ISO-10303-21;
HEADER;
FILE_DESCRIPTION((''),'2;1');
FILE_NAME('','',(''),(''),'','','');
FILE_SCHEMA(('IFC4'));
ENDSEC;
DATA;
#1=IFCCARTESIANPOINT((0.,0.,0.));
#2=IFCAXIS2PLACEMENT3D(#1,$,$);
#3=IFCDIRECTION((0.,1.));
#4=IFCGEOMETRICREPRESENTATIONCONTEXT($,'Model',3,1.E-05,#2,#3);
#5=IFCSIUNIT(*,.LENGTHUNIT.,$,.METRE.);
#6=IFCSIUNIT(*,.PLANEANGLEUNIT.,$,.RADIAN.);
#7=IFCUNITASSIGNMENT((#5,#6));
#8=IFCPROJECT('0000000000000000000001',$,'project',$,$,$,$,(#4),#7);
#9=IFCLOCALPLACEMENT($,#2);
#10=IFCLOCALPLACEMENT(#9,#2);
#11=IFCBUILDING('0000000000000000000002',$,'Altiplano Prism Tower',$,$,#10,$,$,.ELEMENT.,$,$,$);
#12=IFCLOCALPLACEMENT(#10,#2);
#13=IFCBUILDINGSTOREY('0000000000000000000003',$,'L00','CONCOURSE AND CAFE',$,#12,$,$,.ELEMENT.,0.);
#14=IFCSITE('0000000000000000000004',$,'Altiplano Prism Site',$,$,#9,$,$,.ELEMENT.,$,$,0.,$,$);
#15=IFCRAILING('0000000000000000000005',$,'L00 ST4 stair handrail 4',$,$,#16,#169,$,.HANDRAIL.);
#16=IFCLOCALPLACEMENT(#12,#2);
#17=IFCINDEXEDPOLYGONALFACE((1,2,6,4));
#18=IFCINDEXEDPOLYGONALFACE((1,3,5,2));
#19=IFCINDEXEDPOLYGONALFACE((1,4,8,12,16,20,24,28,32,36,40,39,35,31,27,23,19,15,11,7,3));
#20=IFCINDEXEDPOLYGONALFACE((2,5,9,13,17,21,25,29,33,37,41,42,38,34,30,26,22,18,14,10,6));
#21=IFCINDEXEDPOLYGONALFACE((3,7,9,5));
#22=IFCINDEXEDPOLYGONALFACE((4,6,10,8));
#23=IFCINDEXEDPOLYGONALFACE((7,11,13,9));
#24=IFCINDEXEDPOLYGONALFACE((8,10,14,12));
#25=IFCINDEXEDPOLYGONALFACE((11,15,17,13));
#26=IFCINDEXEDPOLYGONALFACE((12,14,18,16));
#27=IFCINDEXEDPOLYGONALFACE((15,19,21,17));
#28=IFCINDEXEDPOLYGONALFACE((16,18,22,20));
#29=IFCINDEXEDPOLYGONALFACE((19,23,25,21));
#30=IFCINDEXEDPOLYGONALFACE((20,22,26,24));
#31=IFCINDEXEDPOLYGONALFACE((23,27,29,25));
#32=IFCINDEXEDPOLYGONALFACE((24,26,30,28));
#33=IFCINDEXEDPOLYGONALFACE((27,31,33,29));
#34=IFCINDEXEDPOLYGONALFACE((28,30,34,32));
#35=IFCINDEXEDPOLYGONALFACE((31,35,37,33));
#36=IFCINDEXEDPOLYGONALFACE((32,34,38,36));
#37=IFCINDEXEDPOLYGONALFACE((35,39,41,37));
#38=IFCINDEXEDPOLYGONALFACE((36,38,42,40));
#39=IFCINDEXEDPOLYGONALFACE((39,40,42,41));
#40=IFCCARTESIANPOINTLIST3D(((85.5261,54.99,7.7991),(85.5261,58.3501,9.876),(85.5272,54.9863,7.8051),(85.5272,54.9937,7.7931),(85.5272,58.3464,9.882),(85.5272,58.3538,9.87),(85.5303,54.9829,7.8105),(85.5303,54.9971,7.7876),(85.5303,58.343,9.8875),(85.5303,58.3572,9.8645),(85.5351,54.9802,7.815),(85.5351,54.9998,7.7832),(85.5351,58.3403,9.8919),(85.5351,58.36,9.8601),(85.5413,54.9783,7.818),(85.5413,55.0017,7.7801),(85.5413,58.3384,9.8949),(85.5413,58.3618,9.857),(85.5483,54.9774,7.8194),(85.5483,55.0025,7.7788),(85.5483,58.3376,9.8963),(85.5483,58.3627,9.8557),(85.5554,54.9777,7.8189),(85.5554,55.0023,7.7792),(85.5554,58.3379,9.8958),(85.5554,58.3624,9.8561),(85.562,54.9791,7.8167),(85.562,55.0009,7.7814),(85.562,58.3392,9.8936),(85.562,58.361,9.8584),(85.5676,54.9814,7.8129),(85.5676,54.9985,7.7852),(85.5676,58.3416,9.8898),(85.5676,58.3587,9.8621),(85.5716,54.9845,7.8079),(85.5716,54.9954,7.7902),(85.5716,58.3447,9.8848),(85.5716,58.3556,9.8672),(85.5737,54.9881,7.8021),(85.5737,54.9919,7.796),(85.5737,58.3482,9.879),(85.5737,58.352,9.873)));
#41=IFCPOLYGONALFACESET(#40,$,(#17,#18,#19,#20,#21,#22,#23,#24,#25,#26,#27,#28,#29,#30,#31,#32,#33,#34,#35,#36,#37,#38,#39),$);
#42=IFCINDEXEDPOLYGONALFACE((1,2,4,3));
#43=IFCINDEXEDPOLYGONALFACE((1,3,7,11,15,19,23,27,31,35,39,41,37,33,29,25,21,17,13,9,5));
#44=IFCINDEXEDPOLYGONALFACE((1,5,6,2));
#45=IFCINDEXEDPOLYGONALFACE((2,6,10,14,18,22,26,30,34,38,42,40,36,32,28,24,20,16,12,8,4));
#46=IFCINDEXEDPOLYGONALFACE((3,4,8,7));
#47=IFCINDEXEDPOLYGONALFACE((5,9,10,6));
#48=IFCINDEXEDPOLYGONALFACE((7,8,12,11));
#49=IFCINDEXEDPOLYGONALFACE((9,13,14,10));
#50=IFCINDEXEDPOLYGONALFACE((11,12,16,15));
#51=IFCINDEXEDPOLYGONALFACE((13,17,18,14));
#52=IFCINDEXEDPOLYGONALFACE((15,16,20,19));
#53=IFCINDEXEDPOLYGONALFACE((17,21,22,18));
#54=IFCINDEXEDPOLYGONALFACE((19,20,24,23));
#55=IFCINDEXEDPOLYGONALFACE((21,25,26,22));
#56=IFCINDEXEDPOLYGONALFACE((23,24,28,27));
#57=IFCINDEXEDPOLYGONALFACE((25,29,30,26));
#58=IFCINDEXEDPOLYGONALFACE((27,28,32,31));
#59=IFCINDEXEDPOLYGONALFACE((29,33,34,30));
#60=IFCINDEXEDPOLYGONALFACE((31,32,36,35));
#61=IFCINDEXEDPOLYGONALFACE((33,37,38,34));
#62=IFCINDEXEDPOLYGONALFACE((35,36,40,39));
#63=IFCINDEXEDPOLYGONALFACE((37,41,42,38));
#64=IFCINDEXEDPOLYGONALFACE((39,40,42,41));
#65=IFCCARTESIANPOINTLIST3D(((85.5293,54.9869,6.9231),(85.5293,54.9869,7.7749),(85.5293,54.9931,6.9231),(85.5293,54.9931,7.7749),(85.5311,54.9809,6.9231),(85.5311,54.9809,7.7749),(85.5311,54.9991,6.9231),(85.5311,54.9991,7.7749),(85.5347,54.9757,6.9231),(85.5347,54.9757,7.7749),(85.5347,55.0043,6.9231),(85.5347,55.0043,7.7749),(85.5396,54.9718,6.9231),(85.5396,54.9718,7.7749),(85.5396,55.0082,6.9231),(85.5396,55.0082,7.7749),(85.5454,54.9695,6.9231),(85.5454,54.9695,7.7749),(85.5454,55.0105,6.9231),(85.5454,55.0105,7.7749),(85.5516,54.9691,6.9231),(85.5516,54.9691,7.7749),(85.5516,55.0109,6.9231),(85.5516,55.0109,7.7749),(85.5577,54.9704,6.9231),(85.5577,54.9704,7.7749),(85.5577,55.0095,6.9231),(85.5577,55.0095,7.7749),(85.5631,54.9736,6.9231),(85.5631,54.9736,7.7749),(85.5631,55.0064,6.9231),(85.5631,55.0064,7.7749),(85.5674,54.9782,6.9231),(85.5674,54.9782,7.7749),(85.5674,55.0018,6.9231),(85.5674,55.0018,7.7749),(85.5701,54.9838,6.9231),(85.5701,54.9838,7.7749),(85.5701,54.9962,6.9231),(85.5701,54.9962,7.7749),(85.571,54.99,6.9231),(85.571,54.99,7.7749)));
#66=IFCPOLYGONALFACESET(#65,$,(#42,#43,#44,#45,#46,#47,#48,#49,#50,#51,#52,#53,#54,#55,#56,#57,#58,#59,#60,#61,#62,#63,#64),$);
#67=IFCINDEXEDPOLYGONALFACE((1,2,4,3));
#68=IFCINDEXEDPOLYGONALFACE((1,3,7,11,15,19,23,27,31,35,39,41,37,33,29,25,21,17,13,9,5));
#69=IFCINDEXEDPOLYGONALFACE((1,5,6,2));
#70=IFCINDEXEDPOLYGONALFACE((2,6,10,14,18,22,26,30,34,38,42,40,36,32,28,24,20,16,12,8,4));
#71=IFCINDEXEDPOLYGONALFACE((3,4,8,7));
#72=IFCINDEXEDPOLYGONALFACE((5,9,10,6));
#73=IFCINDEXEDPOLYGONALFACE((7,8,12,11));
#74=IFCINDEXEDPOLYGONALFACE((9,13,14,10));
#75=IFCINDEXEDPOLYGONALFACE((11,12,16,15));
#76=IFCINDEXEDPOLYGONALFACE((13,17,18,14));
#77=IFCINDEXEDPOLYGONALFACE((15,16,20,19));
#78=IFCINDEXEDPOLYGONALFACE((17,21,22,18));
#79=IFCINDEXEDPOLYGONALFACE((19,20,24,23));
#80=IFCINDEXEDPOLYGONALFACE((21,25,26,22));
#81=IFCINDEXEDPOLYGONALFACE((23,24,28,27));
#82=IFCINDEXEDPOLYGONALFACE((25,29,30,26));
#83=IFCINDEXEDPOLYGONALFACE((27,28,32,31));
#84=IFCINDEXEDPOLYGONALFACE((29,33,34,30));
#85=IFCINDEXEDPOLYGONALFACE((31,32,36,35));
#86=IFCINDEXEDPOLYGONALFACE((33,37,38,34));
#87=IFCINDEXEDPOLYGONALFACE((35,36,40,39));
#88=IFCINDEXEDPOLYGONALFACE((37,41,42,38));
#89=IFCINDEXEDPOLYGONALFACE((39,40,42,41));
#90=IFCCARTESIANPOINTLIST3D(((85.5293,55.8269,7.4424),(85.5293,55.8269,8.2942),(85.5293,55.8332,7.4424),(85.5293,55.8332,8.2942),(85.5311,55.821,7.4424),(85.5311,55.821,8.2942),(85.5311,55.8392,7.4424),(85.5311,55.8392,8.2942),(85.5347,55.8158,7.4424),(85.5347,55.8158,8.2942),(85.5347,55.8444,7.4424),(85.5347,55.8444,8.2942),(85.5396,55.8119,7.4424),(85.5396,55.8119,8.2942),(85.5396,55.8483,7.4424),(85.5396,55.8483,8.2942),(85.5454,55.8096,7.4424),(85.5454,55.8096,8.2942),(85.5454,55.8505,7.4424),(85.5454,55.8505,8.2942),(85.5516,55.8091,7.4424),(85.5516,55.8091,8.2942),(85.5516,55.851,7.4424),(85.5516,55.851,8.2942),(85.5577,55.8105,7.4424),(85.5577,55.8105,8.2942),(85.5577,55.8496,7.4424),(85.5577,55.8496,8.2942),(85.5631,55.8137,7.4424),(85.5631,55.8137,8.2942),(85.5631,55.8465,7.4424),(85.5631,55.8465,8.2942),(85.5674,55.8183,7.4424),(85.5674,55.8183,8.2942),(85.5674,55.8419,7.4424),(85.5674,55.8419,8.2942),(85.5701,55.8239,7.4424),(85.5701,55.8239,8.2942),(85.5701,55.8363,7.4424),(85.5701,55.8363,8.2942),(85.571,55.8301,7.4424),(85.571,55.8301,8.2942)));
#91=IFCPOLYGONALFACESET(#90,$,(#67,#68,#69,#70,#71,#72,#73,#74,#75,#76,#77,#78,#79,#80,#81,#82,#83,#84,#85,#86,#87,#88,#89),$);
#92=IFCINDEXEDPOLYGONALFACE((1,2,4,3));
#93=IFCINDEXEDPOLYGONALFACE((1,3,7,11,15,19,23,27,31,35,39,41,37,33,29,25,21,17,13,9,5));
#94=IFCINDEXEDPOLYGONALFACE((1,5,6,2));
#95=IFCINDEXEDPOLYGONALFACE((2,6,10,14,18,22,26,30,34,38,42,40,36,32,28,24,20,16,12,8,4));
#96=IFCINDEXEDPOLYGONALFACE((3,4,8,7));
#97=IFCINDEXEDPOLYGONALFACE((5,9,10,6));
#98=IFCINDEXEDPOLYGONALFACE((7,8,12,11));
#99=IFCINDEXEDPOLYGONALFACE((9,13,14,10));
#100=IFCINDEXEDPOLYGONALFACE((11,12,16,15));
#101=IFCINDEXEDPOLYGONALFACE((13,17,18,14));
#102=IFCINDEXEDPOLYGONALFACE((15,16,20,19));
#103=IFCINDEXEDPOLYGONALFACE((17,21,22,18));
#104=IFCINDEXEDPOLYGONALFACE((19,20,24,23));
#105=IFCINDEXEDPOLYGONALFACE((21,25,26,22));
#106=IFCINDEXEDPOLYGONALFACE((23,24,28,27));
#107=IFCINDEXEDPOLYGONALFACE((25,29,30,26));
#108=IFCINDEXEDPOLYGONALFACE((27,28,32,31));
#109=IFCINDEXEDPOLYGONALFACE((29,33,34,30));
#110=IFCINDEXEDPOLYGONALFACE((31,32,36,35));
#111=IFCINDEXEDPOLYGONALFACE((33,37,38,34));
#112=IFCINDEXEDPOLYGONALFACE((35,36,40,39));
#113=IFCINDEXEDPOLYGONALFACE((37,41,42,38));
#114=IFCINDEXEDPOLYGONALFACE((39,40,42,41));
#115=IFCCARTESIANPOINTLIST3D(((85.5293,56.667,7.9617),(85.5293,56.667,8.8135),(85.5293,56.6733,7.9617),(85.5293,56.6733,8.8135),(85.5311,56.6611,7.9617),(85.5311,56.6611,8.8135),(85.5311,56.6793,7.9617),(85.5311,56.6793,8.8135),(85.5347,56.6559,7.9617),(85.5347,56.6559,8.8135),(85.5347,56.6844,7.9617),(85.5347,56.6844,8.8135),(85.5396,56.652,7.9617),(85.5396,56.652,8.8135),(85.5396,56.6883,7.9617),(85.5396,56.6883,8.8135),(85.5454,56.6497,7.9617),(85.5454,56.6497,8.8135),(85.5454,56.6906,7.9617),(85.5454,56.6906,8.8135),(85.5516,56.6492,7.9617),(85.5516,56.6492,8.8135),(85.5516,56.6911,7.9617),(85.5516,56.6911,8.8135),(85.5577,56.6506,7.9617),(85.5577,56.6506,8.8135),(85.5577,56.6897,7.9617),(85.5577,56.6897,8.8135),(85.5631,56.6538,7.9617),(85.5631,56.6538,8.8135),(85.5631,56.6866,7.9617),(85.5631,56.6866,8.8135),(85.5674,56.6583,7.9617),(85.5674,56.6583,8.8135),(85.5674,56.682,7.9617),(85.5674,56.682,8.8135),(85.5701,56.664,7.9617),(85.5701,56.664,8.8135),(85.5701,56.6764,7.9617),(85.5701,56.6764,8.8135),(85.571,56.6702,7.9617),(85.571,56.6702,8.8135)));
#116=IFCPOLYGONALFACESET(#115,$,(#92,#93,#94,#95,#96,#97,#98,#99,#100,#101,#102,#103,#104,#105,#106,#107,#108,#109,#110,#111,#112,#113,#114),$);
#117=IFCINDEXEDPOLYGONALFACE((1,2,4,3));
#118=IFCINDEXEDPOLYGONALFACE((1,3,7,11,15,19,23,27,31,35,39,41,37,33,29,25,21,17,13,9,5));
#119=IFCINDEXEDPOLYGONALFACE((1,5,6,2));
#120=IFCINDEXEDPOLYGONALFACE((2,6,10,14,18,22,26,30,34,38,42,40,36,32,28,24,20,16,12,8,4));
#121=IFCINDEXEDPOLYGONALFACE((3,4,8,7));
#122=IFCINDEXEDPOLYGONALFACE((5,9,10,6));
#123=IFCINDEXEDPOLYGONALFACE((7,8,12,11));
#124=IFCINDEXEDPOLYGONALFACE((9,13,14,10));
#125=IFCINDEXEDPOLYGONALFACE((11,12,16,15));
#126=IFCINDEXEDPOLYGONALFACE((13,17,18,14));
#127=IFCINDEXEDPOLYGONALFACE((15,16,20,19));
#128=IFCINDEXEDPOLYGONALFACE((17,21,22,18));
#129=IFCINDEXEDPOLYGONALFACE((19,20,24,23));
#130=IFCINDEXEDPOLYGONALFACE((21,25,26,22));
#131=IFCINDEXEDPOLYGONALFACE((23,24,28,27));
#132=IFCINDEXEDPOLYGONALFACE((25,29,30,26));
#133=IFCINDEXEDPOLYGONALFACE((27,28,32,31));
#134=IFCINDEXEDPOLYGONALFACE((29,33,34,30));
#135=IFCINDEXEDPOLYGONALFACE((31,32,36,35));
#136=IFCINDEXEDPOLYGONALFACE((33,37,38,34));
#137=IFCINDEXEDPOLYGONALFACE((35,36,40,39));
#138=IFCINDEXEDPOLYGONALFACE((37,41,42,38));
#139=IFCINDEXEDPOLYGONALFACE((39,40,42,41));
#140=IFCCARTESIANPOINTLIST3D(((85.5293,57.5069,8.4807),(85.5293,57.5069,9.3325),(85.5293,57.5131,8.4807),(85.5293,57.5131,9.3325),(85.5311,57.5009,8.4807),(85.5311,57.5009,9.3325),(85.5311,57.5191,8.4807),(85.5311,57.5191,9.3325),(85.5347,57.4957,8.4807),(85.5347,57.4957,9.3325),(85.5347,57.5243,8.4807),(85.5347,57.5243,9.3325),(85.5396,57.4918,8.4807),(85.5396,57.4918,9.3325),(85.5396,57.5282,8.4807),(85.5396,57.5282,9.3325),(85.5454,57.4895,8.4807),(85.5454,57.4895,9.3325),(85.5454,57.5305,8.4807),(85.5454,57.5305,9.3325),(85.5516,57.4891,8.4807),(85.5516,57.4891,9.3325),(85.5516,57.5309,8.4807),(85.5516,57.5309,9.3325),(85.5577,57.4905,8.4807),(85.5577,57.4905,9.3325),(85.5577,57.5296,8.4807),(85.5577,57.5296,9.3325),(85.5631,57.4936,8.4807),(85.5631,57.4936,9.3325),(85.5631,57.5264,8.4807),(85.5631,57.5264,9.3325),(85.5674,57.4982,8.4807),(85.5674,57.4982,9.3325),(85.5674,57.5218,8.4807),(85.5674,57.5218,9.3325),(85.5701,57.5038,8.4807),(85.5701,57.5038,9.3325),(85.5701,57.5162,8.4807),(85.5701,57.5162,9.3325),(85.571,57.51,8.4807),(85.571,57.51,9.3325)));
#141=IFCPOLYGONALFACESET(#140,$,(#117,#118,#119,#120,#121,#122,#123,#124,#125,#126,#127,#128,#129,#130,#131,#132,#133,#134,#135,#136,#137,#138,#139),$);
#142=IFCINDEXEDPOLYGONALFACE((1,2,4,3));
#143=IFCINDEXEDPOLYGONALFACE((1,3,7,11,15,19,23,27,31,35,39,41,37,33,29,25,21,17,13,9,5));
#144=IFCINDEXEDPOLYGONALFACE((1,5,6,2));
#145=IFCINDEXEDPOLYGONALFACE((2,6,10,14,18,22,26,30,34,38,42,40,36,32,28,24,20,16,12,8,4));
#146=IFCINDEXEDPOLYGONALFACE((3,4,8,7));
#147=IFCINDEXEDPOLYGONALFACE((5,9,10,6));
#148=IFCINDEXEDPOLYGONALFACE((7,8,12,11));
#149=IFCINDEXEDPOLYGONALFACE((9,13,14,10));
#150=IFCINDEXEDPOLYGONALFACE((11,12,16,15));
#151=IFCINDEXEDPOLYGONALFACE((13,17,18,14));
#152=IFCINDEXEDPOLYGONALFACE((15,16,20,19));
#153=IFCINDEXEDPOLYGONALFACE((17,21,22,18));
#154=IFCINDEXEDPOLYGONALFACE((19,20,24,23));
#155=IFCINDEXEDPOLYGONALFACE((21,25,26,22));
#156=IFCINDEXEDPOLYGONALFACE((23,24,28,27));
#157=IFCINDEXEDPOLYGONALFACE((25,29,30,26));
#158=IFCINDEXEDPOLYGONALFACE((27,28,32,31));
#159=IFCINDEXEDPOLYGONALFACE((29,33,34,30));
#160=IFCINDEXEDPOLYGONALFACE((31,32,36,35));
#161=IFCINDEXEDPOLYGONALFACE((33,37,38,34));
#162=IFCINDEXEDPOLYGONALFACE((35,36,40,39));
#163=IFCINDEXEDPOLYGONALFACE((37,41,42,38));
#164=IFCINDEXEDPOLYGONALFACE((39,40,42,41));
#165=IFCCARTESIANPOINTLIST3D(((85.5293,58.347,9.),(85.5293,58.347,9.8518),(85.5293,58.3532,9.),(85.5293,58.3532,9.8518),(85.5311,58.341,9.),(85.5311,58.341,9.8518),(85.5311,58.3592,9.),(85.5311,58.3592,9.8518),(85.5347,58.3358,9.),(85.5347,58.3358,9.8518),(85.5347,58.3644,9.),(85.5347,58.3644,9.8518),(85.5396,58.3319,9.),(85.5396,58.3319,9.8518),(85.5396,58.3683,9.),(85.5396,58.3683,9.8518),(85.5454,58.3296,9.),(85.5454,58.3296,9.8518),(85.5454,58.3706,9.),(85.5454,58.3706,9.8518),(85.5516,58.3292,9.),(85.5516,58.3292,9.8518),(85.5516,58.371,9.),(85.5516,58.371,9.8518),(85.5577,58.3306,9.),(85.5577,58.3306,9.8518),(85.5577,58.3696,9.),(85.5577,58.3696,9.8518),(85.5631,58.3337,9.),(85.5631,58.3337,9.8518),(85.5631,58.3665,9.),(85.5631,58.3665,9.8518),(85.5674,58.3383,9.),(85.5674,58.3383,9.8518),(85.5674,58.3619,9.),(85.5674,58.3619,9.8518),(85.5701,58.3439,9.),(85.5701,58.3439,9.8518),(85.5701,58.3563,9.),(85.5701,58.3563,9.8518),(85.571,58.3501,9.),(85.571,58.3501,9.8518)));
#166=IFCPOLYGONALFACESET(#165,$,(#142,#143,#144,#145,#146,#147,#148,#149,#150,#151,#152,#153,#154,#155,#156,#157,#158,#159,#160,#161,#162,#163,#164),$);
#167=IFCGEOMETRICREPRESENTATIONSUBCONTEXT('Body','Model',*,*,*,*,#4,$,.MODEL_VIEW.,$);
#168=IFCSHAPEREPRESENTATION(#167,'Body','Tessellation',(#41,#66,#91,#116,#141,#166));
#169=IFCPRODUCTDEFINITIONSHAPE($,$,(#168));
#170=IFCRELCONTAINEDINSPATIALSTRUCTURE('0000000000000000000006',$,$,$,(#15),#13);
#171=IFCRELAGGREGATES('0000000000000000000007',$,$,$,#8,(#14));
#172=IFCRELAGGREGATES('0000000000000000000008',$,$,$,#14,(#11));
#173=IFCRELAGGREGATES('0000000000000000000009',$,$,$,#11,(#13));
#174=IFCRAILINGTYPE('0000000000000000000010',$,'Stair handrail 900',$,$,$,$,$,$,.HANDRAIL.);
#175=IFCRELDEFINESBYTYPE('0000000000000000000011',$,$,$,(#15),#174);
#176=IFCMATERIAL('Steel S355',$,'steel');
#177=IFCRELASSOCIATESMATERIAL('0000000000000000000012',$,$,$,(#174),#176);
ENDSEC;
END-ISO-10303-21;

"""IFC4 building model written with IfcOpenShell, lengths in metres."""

from ifc_helpers import new_model, si_unit, direction, frame, origin, origin_2d, place, context, subcontext, project, spatial, circle, extrude, material, type_object, element, save


model = new_model("IFC4")

# Units and contexts
model_context = context("Model", 3, precision=1e-05, world=origin(), true_north=direction((0.0, 1.0)))
body_context = subcontext(model_context, "Body", "Model", "MODEL_VIEW")
ifc_project = project(units=[si_unit("LENGTHUNIT", "METRE"), si_unit("PLANEANGLEUNIT", "RADIAN")], contexts=[model_context])

# Site, building, storey
site_placement = place(None, origin())
site = spatial("IfcSite", under=ifc_project, at=site_placement, Name="Altiplano Prism Site", CompositionType="ELEMENT", RefElevation=0.0)
building_placement = place(site_placement, origin())
building = spatial("IfcBuilding", under=site, at=building_placement, Name="Altiplano Prism Tower", CompositionType="ELEMENT")
storey_placement = place(building_placement, origin())
storey = spatial("IfcBuildingStorey", under=building, at=storey_placement, Name="L00", Description="CONCOURSE AND CAFE", CompositionType="ELEMENT", Elevation=0.0)

# Railing
ifc_material_1 = material(Name="Steel S355", Category="steel")
railing_type_1 = type_object("IfcRailingType", Name="Stair handrail 900", PredefinedType="HANDRAIL", material=ifc_material_1)
for number, where, name in (
    (1, (85.55, 54.99, 6.9231), "L00 ST4 stair handrail 4"),
):
    element("IfcRailing", number, at=place(storey_placement, frame(where)), inside=storey, type_object=railing_type_1, Name=name, PredefinedType="HANDRAIL", context=body_context, shape_type="SweptSolid", body=[
        extrude(circle(Radius=0.0239, at=origin_2d()), frame((0.0, 0.0, 0.876), z_axis=(0.0, 0.850623, 0.525776), x_axis=(-1.0, 0.0, 0.0)), (0.0, 0.0, 1.0), 3.9502),
        extrude(circle(Radius=0.021, at=origin_2d()), origin(), (0.0, 0.0, 1.0), 0.8518),
        extrude(circle(Radius=0.021, at=origin_2d()), frame((0.0, 0.8401, 0.5193)), (0.0, 0.0, 1.0), 0.8518),
        extrude(circle(Radius=0.021, at=origin_2d()), frame((0.0, 1.6802, 1.0386)), (0.0, 0.0, 1.0), 0.8518),
        extrude(circle(Radius=0.021, at=origin_2d()), frame((0.0, 2.52, 1.5576)), (0.0, 0.0, 1.0), 0.8518),
        extrude(circle(Radius=0.021, at=origin_2d()), frame((0.0, 3.3601, 2.0769)), (0.0, 0.0, 1.0), 0.8518),
    ])

save(model, "model.ifc")
